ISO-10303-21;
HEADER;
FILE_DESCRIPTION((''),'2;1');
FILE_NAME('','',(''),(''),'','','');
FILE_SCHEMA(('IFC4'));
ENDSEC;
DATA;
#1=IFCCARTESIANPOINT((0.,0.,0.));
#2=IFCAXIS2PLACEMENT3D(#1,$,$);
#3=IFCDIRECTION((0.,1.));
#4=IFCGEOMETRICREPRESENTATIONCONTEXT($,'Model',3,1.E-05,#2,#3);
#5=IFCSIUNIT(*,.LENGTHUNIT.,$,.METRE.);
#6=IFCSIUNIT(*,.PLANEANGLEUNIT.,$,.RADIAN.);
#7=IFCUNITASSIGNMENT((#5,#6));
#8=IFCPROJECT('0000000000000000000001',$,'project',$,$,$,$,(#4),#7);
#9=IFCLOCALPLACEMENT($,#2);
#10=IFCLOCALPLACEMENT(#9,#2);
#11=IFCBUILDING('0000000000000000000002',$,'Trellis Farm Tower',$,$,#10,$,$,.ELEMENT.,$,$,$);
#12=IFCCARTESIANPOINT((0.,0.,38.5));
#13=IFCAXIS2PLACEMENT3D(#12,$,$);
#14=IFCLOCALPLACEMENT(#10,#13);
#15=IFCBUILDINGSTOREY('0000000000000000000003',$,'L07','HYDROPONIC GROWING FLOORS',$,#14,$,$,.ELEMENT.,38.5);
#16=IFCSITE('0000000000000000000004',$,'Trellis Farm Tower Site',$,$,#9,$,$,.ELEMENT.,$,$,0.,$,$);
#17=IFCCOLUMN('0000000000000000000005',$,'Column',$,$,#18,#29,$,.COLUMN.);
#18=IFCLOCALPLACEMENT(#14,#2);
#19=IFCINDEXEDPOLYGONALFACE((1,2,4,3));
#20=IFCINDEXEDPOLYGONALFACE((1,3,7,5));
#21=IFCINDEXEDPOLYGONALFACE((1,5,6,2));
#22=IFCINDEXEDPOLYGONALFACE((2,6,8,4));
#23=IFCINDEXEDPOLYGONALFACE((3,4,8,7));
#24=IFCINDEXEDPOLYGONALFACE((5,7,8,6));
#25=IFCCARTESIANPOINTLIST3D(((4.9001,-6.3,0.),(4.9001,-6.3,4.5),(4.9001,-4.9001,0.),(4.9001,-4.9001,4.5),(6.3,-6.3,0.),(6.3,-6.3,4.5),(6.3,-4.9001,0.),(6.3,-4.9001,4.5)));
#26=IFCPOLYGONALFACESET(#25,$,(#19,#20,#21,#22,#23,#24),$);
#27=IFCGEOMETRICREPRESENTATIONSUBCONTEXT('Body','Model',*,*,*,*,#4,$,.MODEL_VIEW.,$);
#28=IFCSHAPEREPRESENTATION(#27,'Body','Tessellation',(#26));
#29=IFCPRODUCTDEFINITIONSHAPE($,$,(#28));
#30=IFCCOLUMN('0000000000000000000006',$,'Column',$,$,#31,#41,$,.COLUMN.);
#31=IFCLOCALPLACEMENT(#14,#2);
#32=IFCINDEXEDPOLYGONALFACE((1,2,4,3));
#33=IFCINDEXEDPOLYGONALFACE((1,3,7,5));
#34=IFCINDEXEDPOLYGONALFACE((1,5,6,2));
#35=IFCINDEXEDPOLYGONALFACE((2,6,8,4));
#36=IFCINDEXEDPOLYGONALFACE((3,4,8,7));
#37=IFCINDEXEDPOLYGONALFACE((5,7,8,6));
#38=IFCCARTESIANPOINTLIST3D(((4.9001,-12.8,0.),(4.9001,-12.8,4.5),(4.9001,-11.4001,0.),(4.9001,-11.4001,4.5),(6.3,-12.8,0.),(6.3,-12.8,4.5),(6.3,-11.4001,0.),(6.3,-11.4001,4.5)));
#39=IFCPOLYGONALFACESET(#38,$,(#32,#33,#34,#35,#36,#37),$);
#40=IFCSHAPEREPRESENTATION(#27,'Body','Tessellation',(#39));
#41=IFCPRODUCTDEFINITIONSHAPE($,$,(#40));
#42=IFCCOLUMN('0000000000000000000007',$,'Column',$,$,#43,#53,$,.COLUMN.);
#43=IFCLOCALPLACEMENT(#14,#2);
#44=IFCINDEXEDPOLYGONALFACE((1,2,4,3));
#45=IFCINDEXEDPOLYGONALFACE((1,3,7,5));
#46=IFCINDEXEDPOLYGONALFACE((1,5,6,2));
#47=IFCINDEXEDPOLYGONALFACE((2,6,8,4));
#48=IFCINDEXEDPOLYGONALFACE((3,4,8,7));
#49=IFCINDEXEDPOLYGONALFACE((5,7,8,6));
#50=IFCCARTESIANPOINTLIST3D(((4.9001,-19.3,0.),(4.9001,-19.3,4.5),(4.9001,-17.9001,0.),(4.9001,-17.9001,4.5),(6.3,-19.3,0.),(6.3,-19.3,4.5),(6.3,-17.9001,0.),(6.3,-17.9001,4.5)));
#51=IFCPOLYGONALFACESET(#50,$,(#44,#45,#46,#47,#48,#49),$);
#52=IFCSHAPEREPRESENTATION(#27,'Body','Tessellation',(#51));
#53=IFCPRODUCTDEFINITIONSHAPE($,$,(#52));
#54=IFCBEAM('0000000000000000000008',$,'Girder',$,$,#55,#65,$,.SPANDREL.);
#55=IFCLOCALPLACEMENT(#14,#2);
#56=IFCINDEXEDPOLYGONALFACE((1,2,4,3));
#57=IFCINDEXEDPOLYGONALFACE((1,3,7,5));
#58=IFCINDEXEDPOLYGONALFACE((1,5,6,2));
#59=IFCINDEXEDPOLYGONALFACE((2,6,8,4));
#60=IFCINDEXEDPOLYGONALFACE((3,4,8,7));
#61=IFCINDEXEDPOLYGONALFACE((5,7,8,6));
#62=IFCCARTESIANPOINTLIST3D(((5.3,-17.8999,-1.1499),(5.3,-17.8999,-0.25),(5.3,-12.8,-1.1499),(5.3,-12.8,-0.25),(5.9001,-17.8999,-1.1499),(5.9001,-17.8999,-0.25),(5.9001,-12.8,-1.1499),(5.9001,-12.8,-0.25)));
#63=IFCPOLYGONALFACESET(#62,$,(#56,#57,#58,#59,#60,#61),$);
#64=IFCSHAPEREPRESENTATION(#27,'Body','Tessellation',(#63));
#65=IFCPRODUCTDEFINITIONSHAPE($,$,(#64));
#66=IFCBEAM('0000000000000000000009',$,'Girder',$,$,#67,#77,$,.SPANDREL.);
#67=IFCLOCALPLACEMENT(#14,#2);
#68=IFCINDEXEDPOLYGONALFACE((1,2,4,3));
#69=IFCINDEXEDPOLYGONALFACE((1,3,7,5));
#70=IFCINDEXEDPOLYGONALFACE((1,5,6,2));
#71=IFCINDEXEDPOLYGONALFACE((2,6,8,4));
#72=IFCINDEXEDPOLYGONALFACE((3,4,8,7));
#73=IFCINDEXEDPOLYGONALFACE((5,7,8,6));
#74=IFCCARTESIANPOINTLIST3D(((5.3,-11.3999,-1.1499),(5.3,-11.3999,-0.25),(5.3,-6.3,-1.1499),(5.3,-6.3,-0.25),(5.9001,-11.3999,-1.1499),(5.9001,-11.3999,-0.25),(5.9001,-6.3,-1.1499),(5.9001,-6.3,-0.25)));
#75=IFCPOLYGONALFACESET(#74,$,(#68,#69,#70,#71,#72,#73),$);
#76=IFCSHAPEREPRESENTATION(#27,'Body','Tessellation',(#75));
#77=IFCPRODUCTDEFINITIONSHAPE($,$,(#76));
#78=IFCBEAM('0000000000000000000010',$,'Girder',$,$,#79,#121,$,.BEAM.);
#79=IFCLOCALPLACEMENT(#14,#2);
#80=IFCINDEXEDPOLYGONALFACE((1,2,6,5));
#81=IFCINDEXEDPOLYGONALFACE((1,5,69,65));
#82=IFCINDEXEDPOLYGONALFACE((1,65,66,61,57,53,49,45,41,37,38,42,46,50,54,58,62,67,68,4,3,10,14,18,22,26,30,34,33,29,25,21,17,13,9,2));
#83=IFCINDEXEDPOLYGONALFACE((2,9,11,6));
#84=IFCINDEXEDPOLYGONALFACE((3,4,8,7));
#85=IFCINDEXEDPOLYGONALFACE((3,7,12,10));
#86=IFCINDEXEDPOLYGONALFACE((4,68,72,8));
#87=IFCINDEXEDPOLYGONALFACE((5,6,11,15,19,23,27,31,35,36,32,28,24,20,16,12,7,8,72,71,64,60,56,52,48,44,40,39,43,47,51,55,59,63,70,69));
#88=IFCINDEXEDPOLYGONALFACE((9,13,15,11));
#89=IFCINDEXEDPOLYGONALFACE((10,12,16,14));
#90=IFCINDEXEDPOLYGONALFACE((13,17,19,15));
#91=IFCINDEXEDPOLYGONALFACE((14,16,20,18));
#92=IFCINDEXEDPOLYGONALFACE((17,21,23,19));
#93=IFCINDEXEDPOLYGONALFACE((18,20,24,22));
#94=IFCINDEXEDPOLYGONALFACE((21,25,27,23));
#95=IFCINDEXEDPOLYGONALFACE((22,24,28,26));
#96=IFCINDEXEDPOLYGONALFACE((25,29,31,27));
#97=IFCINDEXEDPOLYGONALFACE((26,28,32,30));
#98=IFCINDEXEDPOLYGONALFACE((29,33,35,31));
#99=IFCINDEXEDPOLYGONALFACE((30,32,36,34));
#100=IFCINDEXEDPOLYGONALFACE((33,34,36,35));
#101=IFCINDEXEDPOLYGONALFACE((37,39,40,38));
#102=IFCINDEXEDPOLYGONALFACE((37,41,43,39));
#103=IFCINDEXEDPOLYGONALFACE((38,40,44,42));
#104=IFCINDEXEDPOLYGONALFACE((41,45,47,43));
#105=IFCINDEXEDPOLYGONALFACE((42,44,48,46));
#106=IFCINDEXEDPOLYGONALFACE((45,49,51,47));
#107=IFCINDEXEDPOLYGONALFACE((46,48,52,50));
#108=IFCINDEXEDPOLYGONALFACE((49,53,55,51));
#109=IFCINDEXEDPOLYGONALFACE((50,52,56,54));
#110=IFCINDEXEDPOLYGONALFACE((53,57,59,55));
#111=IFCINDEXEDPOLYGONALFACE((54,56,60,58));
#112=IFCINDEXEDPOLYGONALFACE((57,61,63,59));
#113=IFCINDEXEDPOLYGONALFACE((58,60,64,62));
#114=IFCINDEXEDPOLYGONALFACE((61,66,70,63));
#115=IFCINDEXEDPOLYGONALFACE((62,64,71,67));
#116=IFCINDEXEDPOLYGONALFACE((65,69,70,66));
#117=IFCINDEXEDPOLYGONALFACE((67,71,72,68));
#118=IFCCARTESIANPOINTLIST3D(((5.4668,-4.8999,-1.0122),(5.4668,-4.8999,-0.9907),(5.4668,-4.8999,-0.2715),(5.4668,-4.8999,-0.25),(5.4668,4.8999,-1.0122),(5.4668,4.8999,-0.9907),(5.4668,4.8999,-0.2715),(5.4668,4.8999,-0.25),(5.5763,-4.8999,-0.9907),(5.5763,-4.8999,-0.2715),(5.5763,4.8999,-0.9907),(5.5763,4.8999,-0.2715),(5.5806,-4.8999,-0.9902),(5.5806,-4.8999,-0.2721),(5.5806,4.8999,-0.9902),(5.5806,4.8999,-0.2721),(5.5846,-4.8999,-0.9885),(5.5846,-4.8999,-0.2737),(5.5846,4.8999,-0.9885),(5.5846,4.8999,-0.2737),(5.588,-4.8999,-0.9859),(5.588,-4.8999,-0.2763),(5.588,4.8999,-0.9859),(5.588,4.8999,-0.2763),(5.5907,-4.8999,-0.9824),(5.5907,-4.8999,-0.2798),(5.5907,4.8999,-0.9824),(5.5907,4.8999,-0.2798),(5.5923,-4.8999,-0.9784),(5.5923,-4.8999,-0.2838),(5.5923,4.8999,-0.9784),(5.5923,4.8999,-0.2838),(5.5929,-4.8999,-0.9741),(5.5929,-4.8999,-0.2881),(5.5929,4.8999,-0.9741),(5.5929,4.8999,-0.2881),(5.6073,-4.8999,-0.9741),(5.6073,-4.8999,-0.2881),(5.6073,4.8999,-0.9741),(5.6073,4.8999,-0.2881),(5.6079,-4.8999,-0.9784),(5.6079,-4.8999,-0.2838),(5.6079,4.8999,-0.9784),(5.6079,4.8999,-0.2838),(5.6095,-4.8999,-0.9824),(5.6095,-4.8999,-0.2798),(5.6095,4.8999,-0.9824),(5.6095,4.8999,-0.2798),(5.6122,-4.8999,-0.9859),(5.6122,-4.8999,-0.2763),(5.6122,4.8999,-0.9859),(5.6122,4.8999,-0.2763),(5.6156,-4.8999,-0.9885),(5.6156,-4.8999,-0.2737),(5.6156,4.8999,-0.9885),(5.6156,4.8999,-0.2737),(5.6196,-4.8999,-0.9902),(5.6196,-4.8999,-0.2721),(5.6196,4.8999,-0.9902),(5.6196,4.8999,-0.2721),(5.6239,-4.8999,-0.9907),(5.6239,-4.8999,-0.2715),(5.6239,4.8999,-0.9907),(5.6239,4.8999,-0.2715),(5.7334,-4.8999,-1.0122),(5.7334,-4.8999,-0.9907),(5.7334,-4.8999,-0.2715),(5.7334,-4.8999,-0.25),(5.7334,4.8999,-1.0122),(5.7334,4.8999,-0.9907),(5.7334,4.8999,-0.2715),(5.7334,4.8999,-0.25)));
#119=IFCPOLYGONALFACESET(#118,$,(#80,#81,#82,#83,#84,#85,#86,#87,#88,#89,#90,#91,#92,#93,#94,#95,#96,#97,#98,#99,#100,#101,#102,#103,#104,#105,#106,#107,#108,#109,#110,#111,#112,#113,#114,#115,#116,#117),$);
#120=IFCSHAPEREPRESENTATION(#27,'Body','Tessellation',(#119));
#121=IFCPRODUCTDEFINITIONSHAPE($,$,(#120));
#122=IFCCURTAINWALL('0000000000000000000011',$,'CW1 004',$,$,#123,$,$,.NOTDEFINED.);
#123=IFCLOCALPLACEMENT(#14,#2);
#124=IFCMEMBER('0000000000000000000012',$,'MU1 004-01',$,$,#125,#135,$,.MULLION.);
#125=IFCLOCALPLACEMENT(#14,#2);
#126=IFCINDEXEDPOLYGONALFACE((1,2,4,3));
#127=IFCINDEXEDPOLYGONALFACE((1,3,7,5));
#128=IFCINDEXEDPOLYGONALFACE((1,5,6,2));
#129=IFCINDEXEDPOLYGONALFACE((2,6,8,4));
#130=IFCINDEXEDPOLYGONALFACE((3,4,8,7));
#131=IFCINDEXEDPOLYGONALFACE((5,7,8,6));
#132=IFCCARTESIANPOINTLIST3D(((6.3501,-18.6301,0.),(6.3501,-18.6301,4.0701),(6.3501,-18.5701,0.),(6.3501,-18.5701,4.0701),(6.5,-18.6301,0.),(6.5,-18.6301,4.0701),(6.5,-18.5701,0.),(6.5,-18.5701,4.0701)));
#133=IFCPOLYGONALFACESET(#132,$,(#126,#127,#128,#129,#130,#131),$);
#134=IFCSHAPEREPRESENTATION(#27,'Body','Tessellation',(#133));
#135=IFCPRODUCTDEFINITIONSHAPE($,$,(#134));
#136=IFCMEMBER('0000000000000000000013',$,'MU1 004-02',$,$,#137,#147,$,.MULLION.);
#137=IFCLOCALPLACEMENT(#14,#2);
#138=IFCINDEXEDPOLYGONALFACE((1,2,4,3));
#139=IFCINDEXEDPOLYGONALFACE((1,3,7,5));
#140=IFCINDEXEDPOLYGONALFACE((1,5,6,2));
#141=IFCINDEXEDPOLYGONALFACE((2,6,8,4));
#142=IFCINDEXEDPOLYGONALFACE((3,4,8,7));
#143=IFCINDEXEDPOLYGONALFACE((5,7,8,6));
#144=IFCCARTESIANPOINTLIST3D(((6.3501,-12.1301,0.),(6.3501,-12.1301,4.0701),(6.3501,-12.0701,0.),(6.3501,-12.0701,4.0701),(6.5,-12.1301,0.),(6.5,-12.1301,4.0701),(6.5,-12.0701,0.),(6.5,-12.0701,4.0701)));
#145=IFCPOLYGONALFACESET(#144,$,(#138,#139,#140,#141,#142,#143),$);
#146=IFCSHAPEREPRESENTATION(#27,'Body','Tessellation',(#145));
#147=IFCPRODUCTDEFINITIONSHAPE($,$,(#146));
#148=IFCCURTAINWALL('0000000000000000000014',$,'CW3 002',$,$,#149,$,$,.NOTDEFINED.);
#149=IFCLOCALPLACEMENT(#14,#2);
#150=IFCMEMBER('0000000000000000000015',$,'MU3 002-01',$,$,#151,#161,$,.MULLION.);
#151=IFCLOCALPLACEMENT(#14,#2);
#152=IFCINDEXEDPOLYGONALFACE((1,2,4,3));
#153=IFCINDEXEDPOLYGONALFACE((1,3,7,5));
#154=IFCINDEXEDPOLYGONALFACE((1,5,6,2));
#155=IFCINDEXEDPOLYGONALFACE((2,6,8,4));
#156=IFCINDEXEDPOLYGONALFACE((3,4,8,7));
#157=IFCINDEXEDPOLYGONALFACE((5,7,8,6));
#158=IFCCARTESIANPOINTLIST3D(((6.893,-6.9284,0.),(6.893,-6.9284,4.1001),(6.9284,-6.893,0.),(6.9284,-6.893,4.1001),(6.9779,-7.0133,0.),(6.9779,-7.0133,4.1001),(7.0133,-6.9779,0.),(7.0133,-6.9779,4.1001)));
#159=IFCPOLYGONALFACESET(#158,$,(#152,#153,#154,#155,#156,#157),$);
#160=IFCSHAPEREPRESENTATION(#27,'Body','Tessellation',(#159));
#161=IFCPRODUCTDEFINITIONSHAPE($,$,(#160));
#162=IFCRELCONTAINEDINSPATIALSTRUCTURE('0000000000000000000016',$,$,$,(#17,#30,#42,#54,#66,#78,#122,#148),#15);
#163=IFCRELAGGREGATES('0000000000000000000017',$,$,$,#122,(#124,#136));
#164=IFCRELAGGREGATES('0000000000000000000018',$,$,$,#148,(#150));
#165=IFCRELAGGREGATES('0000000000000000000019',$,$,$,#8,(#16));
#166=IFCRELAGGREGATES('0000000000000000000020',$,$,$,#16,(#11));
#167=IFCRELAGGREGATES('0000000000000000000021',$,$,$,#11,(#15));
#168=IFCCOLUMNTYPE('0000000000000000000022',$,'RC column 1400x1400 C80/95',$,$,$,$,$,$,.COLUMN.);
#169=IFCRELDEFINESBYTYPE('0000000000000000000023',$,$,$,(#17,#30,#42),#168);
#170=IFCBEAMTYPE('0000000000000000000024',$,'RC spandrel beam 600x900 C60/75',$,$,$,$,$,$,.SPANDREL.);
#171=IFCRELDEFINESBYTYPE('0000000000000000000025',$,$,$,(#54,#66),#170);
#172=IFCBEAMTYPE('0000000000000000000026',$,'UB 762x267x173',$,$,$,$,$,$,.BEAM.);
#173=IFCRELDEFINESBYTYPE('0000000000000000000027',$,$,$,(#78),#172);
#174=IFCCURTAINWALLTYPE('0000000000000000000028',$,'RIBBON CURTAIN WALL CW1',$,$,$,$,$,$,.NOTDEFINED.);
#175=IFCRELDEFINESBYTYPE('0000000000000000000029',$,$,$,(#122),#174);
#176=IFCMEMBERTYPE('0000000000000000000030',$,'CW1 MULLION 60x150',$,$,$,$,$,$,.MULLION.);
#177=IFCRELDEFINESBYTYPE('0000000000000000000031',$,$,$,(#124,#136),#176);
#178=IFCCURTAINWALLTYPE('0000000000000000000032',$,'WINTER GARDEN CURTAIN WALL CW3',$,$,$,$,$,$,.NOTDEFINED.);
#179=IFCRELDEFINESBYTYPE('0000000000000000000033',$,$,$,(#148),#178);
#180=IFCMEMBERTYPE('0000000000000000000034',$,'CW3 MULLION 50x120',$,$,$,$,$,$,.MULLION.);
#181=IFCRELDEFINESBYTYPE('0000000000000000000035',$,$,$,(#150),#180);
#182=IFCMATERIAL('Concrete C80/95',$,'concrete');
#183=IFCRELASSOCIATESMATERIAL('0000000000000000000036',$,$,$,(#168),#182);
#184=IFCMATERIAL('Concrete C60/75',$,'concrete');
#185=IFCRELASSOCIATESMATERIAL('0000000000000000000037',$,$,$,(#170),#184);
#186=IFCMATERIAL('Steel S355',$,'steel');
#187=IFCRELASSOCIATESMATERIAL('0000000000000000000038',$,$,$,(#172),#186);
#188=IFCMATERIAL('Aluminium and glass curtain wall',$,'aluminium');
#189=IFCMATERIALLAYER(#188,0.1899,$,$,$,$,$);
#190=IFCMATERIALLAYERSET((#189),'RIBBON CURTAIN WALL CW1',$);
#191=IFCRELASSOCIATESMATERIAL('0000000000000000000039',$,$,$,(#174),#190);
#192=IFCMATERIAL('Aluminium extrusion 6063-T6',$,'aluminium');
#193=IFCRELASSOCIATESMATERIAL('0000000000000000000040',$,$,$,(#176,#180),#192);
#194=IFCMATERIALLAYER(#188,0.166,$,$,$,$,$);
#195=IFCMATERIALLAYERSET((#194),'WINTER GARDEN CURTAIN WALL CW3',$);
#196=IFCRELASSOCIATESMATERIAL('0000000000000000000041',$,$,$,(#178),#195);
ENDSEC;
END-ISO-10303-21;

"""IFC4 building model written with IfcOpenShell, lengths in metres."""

from ifc_helpers import new_model, si_unit, direction, frame, origin, origin_2d, place, context, subcontext, project, spatial, rectangle, i_section, extrude, source, transform, mapped, material, layer, layer_set, material_profile, profile_set, type_object, element, aggregate, save


model = new_model("IFC4")

# Units and contexts
model_context = context("Model", 3, precision=1e-05, world=origin(), true_north=direction((0.0, 1.0)))
body_context = subcontext(model_context, "Body", "Model", "MODEL_VIEW")
ifc_project = project(units=[si_unit("LENGTHUNIT", "METRE"), si_unit("PLANEANGLEUNIT", "RADIAN")], contexts=[model_context])

# Site, building, storey
site_placement = place(None, origin())
site = spatial("IfcSite", under=ifc_project, at=site_placement, Name="Trellis Farm Tower Site", CompositionType="ELEMENT", RefElevation=0.0)
building_placement = place(site_placement, origin())
building = spatial("IfcBuilding", under=site, at=building_placement, Name="Trellis Farm Tower", CompositionType="ELEMENT")
storey_placement = place(building_placement, frame((0.0, 0.0, 38.5)))
storey = spatial("IfcBuildingStorey", under=building, at=storey_placement, Name="L07", Description="HYDROPONIC GROWING FLOORS", CompositionType="ELEMENT", Elevation=38.5)

# Columns
ifc_material_1 = material(Name="Concrete C80/95", Category="concrete")
ifc_material_profile_1 = material_profile(ifc_material_1, rectangle(XDim=1.3999, YDim=1.3999, at=origin_2d()), Name="RC column 1400x1400 C80/95")
ifc_profile_set_1 = profile_set([ifc_material_profile_1], Name="Concrete C80/95")
column_type = type_object("IfcColumnType", Name="RC column 1400x1400 C80/95", PredefinedType="COLUMN", material=ifc_profile_set_1)
shared_shape_1 = source(origin(), body_context, "Body", "SweptSolid", [
    extrude(rectangle(XDim=1.3999, YDim=1.3999, at=origin_2d()), origin(), (0.0, 0.0, 1.0), 4.5),
])
for number, where, z_axis, x_axis, name in (
    (1, (5.6001, -5.6001, 0.0), (0.0, 0.0, 1.0), (1.0, 0.0, 0.0), "Column"),
    (2, (5.6001, -12.1001, 0.0), (0.0, 0.0, 1.0), (1.0, 0.0, 0.0), "Column"),
    (3, (5.6001, -18.6001, 0.0), (0.0, 0.0, 1.0), (1.0, 0.0, 0.0), "Column"),
):
    element("IfcColumn", number, at=place(storey_placement, frame(where, z_axis=z_axis, x_axis=x_axis)), inside=storey, type_object=column_type, Name=name, PredefinedType="COLUMN", context=body_context, shape_type="MappedRepresentation", body=[
        mapped(shared_shape_1, transform((0.0, 0.0, 0.0))),
    ])

# Beams
ifc_material_2 = material(Name="Concrete C60/75", Category="concrete")
ifc_material_profile_2 = material_profile(ifc_material_2, rectangle(XDim=0.6001, YDim=0.8999, at=origin_2d()), Name="RC spandrel beam 600x900 C60/75")
ifc_profile_set_2 = profile_set([ifc_material_profile_2], Name="Concrete C60/75")
beam_type_1 = type_object("IfcBeamType", Name="RC spandrel beam 600x900 C60/75", PredefinedType="SPANDREL", material=ifc_profile_set_2)
shared_shape_2 = source(origin(), body_context, "Body", "SweptSolid", [
    extrude(rectangle(XDim=0.6001, YDim=0.8999, at=origin_2d()), origin(), (0.0, 0.0, 1.0), 5.0999),
])
for number, where, z_axis, x_axis, name in (
    (4, (5.6001, -17.8999, -0.7), (0.0, 1.0, 0.0), (-1.0, 0.0, 0.0), "Girder"),
    (5, (5.6001, -11.3999, -0.7), (0.0, 1.0, 0.0), (-1.0, 0.0, 0.0), "Girder"),
):
    element("IfcBeam", number, at=place(storey_placement, frame(where, z_axis=z_axis, x_axis=x_axis)), inside=storey, type_object=beam_type_1, Name=name, PredefinedType="SPANDREL", context=body_context, shape_type="MappedRepresentation", body=[
        mapped(shared_shape_2, transform((0.0, 0.0, 0.0))),
    ])
ifc_material_3 = material(Name="Steel S355", Category="steel")
ifc_material_profile_3 = material_profile(ifc_material_3, i_section(OverallWidth=0.2666, OverallDepth=0.7622, WebThickness=0.0144, FlangeThickness=0.0215, FilletRadius=0.0166, at=origin_2d()), Name="UB 762x267x173")
ifc_profile_set_3 = profile_set([ifc_material_profile_3], Name="Steel S355")
beam_type_2 = type_object("IfcBeamType", Name="UB 762x267x173", PredefinedType="BEAM", material=ifc_profile_set_3)
shared_shape_3 = source(origin(), body_context, "Body", "SweptSolid", [
    extrude(i_section(OverallWidth=0.2666, OverallDepth=0.7622, WebThickness=0.0144, FlangeThickness=0.0215, FilletRadius=0.0166, at=origin_2d()), origin(), (0.0, 0.0, 1.0), 9.7998),
])
beam_placement = place(storey_placement, frame((5.6001, -4.8999, -0.6311), z_axis=(0.0, 1.0, 0.0), x_axis=(-1.0, 0.0, 0.0)))
element("IfcBeam", 6, at=beam_placement, inside=storey, type_object=beam_type_2, Name="Girder", PredefinedType="BEAM", context=body_context, shape_type="MappedRepresentation", body=[
    mapped(shared_shape_3, transform((0.0, 0.0, 0.0))),
])

# Curtain wall, members
ifc_material_4 = material(Name="Aluminium and glass curtain wall", Category="aluminium")
ifc_layer_1 = layer(ifc_material_4, 0.1899)
ifc_layer_set_1 = layer_set([ifc_layer_1], Name="RIBBON CURTAIN WALL CW1")
curtain_wall_type_1 = type_object("IfcCurtainWallType", Name="RIBBON CURTAIN WALL CW1", PredefinedType="NOTDEFINED", material=ifc_layer_set_1)
placement = place(storey_placement, origin())
curtain_wall_1 = element("IfcCurtainWall", 7, at=placement, inside=storey, type_object=curtain_wall_type_1, Name="CW1 004", PredefinedType="NOTDEFINED")
ifc_material_5 = material(Name="Aluminium extrusion 6063-T6", Category="aluminium")
ifc_material_profile_4 = material_profile(ifc_material_5, rectangle(XDim=0.0601, YDim=0.1499, at=origin_2d()), Name="MULLION 60x150")
ifc_profile_set_4 = profile_set([ifc_material_profile_4], Name="Aluminium extrusion 6063-T6")
member_type_1 = type_object("IfcMemberType", Name="CW1 MULLION 60x150", PredefinedType="MULLION", material=ifc_profile_set_4)
shared_shape_4 = source(origin(), body_context, "Body", "SweptSolid", [
    extrude(rectangle(XDim=0.0601, YDim=0.1499, at=origin_2d()), origin(), (0.0, 0.0, 1.0), 4.0701),
])
member_1_placement = place(storey_placement, frame((6.425, -18.6001, 0.0), z_axis=(0.0, 0.0, 1.0), x_axis=(0.0, 1.0, 0.0)))
member_1 = element("IfcMember", 8, at=member_1_placement, type_object=member_type_1, Name="MU1 004-01", PredefinedType="MULLION", context=body_context, shape_type="MappedRepresentation", body=[
    mapped(shared_shape_4, transform((0.0, 0.0, 0.0))),
])
member_2_placement = place(storey_placement, frame((6.425, -12.1001, 0.0), z_axis=(0.0, 0.0, 1.0), x_axis=(0.0, 1.0, 0.0)))
member_2 = element("IfcMember", 9, at=member_2_placement, type_object=member_type_1, Name="MU1 004-02", PredefinedType="MULLION", context=body_context, shape_type="MappedRepresentation", body=[
    mapped(shared_shape_4, transform((0.0, 0.0, 0.0))),
])
aggregate(curtain_wall_1, [member_1, member_2])

# Curtain wall, member
ifc_layer_2 = layer(ifc_material_4, 0.166)
ifc_layer_set_2 = layer_set([ifc_layer_2], Name="WINTER GARDEN CURTAIN WALL CW3")
curtain_wall_type_2 = type_object("IfcCurtainWallType", Name="WINTER GARDEN CURTAIN WALL CW3", PredefinedType="NOTDEFINED", material=ifc_layer_set_2)
curtain_wall_2 = element("IfcCurtainWall", 10, at=placement, inside=storey, type_object=curtain_wall_type_2, Name="CW3 002", PredefinedType="NOTDEFINED")
ifc_material_profile_5 = material_profile(ifc_material_5, rectangle(XDim=0.05, YDim=0.1201, at=origin_2d()), Name="MULLION 50x120")
ifc_profile_set_5 = profile_set([ifc_material_profile_5], Name="Aluminium extrusion 6063-T6")
member_type_2 = type_object("IfcMemberType", Name="CW3 MULLION 50x120", PredefinedType="MULLION", material=ifc_profile_set_5)
shared_shape_5 = source(origin(), body_context, "Body", "SweptSolid", [
    extrude(rectangle(XDim=0.05, YDim=0.1201, at=origin_2d()), origin(), (0.0, 0.0, 1.0), 4.1001),
])
member_3_placement = place(storey_placement, frame((6.9531, -6.9531, 0.0), z_axis=(0.0, 0.0, 1.0), x_axis=(0.707107, 0.707107, 0.0)))
member_3 = element("IfcMember", 11, at=member_3_placement, type_object=member_type_2, Name="MU3 002-01", PredefinedType="MULLION", context=body_context, shape_type="MappedRepresentation", body=[
    mapped(shared_shape_5, transform((0.0, 0.0, 0.0))),
])
aggregate(curtain_wall_2, [member_3])

save(model, "model.ifc")
